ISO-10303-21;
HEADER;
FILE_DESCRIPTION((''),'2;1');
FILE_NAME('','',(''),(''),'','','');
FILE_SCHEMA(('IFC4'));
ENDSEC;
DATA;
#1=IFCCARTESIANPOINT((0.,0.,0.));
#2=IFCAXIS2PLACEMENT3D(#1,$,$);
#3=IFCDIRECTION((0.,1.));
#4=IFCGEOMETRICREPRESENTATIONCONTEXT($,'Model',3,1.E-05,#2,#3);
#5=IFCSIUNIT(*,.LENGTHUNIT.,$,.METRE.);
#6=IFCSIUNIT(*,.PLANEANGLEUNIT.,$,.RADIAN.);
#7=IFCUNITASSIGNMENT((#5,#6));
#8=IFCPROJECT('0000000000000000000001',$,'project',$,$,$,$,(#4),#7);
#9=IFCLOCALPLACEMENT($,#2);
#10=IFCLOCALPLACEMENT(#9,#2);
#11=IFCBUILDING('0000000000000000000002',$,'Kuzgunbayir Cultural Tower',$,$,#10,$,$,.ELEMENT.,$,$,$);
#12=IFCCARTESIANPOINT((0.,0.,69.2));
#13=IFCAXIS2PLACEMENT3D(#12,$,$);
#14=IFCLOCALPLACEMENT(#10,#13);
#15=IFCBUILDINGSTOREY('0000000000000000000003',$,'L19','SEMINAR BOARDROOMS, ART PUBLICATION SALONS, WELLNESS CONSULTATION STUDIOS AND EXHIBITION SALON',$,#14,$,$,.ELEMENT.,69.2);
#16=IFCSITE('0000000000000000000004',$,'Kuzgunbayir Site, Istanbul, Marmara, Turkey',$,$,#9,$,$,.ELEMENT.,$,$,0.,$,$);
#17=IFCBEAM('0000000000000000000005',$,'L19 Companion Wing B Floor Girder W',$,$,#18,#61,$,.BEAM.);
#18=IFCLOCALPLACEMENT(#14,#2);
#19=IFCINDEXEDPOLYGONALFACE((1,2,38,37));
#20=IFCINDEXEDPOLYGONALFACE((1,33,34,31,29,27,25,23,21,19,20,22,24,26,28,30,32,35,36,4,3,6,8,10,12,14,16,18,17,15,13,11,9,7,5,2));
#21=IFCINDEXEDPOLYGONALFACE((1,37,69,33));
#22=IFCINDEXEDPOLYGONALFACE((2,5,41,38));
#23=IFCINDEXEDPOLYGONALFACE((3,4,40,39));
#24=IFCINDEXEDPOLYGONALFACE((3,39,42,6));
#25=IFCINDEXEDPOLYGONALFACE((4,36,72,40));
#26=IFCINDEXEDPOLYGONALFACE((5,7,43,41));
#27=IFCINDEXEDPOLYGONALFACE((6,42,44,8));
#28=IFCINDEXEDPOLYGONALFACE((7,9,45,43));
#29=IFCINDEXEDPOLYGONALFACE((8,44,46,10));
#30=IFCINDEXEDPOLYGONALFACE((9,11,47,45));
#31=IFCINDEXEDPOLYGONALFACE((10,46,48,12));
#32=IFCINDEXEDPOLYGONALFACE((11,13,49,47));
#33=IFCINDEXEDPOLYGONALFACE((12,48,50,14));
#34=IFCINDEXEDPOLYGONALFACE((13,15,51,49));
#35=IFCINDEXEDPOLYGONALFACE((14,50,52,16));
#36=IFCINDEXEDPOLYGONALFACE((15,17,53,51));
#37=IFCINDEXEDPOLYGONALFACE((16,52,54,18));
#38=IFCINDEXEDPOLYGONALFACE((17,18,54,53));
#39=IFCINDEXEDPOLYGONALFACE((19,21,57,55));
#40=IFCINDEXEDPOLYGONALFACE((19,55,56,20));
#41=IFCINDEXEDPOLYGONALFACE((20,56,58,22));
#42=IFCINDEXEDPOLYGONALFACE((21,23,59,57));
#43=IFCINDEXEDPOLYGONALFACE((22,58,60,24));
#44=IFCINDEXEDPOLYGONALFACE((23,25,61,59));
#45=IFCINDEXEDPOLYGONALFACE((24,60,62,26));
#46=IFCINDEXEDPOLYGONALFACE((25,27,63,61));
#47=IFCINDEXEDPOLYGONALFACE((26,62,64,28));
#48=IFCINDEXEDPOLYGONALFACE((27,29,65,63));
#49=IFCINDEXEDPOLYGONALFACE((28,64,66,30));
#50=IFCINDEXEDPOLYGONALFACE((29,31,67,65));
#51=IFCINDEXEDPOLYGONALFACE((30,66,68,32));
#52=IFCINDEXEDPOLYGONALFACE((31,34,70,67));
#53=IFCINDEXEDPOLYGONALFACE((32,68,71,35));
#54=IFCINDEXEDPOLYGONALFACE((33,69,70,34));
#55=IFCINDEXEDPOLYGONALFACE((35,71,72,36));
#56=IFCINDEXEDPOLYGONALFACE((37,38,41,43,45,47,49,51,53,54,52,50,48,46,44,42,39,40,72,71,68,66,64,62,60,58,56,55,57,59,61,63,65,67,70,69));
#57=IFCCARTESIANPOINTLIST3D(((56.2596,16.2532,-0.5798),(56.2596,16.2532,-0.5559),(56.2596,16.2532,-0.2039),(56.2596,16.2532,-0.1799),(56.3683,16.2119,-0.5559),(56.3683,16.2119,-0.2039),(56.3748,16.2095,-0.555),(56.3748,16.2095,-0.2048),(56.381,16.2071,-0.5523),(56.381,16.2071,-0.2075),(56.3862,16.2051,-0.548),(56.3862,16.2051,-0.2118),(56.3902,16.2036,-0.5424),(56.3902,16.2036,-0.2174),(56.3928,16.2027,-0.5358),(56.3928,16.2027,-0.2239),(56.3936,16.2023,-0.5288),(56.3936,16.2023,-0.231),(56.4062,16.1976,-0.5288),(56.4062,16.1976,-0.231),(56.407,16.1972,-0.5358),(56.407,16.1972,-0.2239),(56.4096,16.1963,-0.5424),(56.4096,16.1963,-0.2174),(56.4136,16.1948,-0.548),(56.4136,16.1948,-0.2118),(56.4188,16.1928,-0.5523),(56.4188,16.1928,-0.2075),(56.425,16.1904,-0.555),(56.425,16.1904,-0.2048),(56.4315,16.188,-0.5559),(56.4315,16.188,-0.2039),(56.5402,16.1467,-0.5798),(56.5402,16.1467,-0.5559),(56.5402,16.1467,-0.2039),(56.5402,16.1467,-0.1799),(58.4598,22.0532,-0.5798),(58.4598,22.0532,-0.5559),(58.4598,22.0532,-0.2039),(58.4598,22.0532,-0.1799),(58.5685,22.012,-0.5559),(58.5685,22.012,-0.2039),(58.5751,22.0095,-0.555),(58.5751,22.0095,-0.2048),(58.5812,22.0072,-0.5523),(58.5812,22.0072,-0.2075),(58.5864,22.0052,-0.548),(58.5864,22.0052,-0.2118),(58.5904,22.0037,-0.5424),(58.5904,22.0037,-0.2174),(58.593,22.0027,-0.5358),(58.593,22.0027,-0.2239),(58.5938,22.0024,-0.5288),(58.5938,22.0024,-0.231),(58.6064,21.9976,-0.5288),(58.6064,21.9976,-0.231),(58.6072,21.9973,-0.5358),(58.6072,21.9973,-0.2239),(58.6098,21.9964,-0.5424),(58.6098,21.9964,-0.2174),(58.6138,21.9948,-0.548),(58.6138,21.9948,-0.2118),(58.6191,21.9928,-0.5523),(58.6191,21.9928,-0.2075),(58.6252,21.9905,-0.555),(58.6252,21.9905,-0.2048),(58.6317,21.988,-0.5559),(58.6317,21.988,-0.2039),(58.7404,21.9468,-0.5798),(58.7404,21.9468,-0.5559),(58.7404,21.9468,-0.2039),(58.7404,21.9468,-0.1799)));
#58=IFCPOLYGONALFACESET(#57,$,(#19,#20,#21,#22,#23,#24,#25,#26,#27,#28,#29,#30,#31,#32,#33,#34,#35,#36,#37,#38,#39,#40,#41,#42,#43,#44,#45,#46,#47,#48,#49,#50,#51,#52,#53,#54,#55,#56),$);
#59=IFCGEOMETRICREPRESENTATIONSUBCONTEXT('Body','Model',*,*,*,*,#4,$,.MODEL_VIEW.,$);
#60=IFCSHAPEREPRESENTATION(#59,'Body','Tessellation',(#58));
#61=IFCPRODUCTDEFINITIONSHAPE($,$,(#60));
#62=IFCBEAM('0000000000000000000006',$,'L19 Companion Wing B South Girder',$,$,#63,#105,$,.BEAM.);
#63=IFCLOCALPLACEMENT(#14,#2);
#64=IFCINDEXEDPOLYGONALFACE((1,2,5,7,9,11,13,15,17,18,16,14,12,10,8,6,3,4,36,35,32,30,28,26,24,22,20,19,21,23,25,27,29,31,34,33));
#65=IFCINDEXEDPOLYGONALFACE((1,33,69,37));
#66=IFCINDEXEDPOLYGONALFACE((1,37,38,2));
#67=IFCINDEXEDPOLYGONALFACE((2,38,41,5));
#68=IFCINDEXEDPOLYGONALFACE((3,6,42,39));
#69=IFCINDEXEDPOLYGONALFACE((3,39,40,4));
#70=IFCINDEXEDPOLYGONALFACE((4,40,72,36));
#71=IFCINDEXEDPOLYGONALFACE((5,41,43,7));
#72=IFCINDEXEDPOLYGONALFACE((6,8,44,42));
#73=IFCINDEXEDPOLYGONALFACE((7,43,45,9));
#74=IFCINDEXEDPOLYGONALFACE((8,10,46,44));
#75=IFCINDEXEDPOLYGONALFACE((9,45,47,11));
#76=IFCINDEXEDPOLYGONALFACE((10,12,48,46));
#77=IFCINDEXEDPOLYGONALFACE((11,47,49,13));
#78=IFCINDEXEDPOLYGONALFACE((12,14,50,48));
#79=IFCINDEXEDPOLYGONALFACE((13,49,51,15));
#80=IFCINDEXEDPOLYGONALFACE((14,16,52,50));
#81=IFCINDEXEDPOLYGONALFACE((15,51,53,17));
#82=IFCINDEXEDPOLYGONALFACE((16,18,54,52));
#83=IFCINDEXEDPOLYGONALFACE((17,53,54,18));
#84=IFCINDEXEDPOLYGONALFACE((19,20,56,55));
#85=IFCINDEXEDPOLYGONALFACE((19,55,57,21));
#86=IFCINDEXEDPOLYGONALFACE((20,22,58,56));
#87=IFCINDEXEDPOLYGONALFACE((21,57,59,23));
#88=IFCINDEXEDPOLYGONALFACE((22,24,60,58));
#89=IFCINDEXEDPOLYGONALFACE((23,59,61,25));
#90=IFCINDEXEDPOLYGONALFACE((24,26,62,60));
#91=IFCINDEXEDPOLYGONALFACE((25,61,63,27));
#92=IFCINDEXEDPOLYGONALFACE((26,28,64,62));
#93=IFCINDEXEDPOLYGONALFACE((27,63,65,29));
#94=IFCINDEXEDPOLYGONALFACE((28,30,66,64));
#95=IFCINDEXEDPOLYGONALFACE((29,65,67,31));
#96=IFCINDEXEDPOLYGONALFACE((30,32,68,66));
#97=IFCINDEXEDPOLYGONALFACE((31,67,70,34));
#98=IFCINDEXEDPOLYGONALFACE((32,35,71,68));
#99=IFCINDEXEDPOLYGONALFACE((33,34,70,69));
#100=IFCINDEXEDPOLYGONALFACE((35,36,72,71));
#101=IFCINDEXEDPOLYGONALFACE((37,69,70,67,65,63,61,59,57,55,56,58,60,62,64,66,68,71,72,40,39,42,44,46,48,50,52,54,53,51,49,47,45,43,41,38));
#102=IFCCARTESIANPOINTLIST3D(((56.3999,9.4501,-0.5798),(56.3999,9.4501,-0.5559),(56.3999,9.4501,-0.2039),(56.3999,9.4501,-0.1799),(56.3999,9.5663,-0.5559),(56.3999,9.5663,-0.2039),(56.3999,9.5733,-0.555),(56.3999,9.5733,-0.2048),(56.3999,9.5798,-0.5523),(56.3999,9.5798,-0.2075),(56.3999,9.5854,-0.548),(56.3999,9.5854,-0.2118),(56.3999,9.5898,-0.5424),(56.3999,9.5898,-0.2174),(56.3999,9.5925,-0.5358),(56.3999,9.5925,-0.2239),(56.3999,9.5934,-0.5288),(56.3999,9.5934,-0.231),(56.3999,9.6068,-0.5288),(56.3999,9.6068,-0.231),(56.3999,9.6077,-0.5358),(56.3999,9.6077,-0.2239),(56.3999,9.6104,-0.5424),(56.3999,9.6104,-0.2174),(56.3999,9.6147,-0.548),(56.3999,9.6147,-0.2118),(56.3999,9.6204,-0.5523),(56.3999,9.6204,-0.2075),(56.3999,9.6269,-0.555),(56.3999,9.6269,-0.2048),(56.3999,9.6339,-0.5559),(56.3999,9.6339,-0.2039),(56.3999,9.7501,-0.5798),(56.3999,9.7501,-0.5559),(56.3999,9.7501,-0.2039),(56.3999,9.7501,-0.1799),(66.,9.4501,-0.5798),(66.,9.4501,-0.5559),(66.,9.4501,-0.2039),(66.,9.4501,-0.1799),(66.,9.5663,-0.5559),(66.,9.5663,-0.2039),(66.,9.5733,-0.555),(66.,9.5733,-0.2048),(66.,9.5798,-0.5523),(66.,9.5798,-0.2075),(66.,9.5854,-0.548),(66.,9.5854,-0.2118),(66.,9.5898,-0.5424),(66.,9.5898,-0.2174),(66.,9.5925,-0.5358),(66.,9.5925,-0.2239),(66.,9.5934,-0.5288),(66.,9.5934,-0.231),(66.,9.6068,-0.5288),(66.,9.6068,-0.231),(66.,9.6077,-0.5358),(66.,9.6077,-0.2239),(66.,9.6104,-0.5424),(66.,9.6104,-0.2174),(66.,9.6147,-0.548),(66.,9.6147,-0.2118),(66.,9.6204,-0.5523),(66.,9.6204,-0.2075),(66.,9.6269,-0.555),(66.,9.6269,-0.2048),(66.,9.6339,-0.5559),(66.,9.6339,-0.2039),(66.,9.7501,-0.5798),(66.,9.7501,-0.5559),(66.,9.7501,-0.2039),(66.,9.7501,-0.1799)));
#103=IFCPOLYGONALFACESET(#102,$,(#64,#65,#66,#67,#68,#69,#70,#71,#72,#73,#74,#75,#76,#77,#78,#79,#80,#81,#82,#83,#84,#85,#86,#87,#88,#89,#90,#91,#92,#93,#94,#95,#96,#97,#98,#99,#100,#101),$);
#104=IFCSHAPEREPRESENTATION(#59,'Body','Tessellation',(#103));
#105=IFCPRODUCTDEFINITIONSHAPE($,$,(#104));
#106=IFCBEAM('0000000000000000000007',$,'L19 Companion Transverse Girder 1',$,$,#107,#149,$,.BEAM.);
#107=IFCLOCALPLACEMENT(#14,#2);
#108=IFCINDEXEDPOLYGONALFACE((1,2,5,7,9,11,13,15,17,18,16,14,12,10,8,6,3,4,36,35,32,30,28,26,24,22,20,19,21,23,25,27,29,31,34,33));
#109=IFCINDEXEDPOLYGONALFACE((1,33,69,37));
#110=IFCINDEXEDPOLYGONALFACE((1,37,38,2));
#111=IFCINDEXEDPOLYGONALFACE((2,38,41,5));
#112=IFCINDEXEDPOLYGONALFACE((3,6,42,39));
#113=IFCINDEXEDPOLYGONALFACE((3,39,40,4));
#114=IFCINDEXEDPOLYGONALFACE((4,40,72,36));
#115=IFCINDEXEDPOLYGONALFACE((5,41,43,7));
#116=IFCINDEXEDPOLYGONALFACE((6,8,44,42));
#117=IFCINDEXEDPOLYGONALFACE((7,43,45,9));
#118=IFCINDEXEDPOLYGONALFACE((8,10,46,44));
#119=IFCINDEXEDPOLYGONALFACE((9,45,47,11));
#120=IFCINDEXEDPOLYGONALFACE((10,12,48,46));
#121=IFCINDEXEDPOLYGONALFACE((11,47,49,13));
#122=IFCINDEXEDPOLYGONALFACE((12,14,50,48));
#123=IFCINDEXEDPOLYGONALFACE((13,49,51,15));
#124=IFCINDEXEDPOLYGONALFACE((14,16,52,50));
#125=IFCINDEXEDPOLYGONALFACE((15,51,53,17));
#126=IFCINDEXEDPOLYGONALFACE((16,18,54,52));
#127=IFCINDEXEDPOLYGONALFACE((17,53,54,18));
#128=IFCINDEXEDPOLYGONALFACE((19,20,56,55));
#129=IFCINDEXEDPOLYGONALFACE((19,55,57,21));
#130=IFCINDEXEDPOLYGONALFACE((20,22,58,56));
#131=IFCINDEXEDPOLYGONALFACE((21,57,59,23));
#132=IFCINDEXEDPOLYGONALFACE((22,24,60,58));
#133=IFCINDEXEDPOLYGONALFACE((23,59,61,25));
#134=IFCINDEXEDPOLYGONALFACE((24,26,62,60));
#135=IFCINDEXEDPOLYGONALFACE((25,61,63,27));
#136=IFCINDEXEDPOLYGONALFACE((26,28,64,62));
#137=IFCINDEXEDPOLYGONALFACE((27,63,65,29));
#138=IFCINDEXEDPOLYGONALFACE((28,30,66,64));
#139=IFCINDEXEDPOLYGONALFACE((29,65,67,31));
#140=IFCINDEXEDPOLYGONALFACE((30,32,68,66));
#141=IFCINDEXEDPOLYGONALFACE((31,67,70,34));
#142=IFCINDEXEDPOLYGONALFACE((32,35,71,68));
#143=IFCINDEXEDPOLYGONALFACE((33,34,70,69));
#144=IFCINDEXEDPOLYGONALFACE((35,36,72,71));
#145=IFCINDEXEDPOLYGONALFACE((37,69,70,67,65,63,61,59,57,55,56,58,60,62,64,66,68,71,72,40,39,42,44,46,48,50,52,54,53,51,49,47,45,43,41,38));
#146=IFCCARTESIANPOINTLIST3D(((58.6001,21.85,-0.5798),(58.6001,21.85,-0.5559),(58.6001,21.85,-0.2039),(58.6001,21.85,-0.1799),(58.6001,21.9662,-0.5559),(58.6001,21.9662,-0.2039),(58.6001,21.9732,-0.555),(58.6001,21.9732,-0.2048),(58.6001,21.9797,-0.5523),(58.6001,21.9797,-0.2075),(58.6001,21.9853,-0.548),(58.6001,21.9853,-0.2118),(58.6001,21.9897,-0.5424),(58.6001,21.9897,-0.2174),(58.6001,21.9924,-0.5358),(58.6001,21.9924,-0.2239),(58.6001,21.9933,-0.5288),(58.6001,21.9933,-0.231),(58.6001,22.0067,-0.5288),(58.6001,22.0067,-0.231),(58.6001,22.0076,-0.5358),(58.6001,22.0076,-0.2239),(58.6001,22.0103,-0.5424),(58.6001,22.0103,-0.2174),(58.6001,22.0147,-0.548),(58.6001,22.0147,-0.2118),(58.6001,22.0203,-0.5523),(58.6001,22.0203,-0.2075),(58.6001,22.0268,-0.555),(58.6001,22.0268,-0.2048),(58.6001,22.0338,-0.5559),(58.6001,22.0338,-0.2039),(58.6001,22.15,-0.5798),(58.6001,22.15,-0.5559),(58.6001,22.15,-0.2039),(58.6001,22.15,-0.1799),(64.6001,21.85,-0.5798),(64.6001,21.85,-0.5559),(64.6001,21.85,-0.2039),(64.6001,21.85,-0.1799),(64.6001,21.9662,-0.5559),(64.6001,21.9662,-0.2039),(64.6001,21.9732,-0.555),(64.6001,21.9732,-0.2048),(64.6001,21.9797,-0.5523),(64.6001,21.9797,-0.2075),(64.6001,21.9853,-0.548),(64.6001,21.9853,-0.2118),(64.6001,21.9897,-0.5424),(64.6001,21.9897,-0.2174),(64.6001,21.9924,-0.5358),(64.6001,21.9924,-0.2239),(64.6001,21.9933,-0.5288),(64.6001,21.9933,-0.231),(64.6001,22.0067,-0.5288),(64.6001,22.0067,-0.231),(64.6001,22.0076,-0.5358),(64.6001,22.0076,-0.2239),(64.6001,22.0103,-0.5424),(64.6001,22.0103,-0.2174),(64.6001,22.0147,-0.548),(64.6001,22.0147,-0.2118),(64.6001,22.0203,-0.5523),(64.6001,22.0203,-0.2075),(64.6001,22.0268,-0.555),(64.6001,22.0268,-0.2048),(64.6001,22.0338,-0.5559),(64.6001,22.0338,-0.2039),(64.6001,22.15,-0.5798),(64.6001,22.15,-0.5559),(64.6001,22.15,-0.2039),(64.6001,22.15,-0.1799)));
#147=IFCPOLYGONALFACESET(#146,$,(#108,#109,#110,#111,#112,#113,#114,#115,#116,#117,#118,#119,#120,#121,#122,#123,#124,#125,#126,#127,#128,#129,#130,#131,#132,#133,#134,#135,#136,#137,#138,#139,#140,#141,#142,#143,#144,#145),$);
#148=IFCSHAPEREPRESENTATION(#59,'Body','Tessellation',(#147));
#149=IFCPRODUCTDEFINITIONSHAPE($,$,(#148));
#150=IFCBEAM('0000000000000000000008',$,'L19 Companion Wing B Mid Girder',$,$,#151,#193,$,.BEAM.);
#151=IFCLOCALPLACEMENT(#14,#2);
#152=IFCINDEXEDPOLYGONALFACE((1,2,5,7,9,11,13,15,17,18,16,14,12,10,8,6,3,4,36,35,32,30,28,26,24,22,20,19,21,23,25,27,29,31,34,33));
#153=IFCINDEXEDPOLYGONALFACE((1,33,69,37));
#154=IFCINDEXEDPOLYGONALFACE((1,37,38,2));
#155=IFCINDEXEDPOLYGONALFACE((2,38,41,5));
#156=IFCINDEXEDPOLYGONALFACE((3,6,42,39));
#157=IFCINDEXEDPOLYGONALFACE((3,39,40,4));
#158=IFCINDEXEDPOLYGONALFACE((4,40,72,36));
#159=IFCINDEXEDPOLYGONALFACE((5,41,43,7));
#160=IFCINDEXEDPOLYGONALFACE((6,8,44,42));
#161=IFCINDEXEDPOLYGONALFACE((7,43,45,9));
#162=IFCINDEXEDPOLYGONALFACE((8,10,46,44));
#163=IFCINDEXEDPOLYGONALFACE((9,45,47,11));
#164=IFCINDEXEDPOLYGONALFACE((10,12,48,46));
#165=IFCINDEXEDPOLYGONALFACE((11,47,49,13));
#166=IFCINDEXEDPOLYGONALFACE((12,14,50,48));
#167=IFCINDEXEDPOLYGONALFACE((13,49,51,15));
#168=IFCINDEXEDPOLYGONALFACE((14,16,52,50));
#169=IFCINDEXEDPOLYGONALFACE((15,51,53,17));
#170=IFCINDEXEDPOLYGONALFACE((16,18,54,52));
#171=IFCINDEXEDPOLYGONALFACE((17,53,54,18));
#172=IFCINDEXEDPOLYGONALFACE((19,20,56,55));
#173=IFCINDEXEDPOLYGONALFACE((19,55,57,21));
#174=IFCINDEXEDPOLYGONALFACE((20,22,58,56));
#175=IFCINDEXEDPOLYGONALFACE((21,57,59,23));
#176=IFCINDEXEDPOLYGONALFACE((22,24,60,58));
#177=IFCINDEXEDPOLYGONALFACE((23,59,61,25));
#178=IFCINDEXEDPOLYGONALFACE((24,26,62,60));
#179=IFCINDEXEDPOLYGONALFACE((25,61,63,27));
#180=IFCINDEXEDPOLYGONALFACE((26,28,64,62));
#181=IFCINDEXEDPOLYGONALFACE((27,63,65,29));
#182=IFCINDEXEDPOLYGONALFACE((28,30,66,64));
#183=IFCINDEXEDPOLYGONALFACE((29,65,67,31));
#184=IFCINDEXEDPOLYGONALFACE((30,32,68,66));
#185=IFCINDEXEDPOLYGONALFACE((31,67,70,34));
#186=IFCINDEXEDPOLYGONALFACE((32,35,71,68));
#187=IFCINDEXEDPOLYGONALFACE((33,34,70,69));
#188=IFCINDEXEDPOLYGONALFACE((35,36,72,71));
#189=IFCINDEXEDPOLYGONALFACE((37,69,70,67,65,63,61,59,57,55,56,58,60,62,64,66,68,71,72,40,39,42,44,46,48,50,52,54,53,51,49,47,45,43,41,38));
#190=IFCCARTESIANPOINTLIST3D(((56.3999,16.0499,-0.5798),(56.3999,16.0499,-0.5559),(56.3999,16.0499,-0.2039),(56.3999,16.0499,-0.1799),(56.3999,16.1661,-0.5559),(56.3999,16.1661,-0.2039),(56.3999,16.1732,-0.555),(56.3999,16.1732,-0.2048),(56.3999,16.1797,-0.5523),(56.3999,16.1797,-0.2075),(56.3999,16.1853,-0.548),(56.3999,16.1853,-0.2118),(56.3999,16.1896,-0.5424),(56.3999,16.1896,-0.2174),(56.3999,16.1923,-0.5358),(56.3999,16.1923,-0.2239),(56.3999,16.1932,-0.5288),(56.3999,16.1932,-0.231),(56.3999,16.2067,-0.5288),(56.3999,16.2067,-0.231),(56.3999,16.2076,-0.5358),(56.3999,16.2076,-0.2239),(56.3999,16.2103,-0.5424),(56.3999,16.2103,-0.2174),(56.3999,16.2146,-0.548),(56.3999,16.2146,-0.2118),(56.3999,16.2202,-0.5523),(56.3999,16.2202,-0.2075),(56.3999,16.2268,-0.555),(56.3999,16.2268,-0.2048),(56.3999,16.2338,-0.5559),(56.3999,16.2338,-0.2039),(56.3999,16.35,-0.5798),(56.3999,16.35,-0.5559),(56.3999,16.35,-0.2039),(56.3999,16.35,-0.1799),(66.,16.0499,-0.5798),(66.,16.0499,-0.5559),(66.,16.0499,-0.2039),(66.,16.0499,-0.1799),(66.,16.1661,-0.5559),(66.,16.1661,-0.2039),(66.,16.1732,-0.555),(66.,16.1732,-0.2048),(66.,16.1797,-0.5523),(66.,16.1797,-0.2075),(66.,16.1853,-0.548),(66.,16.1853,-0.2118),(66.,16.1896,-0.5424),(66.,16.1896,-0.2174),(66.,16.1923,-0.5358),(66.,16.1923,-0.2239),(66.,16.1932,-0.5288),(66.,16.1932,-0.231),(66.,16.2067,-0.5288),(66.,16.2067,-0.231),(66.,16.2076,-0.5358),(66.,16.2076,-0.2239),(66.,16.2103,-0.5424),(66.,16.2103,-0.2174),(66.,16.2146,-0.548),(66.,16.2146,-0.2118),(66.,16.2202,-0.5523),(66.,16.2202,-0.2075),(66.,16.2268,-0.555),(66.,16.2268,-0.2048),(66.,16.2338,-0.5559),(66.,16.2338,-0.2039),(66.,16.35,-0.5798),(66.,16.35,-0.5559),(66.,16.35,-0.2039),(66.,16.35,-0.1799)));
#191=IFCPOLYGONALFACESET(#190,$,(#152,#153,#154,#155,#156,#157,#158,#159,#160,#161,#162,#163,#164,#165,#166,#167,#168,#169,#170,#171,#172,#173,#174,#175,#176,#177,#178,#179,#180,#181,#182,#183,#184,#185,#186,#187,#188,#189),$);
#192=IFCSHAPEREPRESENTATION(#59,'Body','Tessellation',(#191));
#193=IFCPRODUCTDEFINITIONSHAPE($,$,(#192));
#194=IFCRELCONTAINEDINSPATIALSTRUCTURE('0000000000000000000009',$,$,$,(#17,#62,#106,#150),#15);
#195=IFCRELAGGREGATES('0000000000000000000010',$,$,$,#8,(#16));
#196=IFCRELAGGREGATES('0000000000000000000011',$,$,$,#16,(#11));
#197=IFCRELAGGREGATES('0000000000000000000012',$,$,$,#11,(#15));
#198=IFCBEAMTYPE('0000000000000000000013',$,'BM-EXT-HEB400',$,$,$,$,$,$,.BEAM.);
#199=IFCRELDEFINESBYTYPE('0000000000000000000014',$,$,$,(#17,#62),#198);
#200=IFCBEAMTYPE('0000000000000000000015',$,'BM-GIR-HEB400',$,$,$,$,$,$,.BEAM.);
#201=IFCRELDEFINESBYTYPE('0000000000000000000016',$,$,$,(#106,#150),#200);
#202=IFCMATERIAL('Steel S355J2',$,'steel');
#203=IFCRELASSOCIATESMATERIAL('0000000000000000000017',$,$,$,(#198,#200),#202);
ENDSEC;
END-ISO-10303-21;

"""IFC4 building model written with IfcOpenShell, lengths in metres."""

from ifc_helpers import new_model, si_unit, direction, frame, origin, origin_2d, place, context, subcontext, project, spatial, i_section, extrude, material, material_profile, profile_set, type_object, element, save


model = new_model("IFC4")

# Units and contexts
model_context = context("Model", 3, precision=1e-05, world=origin(), true_north=direction((0.0, 1.0)))
body_context = subcontext(model_context, "Body", "Model", "MODEL_VIEW")
ifc_project = project(units=[si_unit("LENGTHUNIT", "METRE"), si_unit("PLANEANGLEUNIT", "RADIAN")], contexts=[model_context])

# Site, building, storey
site_placement = place(None, origin())
site = spatial("IfcSite", under=ifc_project, at=site_placement, Name="Kuzgunbayir Site, Istanbul, Marmara, Turkey", CompositionType="ELEMENT", RefElevation=0.0)
building_placement = place(site_placement, origin())
building = spatial("IfcBuilding", under=site, at=building_placement, Name="Kuzgunbayir Cultural Tower", CompositionType="ELEMENT")
storey_placement = place(building_placement, frame((0.0, 0.0, 69.2)))
storey = spatial("IfcBuildingStorey", under=building, at=storey_placement, Name="L19", Description="SEMINAR BOARDROOMS, ART PUBLICATION SALONS, WELLNESS CONSULTATION STUDIOS AND EXHIBITION SALON", CompositionType="ELEMENT", Elevation=69.2)

# Beams
ifc_material_1 = material(Name="Steel S355J2", Category="steel")
ifc_material_profile_1 = material_profile(ifc_material_1, i_section(OverallWidth=0.3, OverallDepth=0.3999, WebThickness=0.0134, FlangeThickness=0.0239, FilletRadius=0.0271, at=origin_2d()), Name="HEB 400")
ifc_profile_set_1 = profile_set([ifc_material_profile_1], Name="Steel S355J2")
beam_type_1 = type_object("IfcBeamType", Name="BM-EXT-HEB400", PredefinedType="BEAM", material=ifc_profile_set_1)
beam_1_placement = place(storey_placement, frame((56.3999, 16.2, -0.3799), z_axis=(0.354679, 0.934988, 0.0), x_axis=(-0.934988, 0.354679, 0.0)))
element("IfcBeam", 1, at=beam_1_placement, inside=storey, type_object=beam_type_1, Name="L19 Companion Wing B Floor Girder W", PredefinedType="BEAM", context=body_context, shape_type="SweptSolid", body=[
    extrude(i_section(OverallWidth=0.3, OverallDepth=0.3999, WebThickness=0.0134, FlangeThickness=0.0239, FilletRadius=0.0271, at=origin_2d()), origin(), (0.0, 0.0, 1.0), 6.2034),
])
beam_2_placement = place(storey_placement, frame((56.3999, 9.6001, -0.3799), z_axis=(1.0, 0.0, 0.0), x_axis=(0.0, 1.0, 0.0)))
element("IfcBeam", 2, at=beam_2_placement, inside=storey, type_object=beam_type_1, Name="L19 Companion Wing B South Girder", PredefinedType="BEAM", context=body_context, shape_type="SweptSolid", body=[
    extrude(i_section(OverallWidth=0.3, OverallDepth=0.3999, WebThickness=0.0134, FlangeThickness=0.0239, FilletRadius=0.0271, at=origin_2d()), origin(), (0.0, 0.0, 1.0), 9.6001),
])
ifc_material_profile_2 = material_profile(ifc_material_1, i_section(OverallWidth=0.3, OverallDepth=0.3999, WebThickness=0.0134, FlangeThickness=0.0239, FilletRadius=0.0271, at=origin_2d()), Name="HEB 400")
ifc_profile_set_2 = profile_set([ifc_material_profile_2], Name="Steel S355J2")
beam_type_2 = type_object("IfcBeamType", Name="BM-GIR-HEB400", PredefinedType="BEAM", material=ifc_profile_set_2)
beam_3_placement = place(storey_placement, frame((58.6001, 22.0, -0.3799), z_axis=(1.0, 0.0, 0.0), x_axis=(0.0, 1.0, 0.0)))
element("IfcBeam", 3, at=beam_3_placement, inside=storey, type_object=beam_type_2, Name="L19 Companion Transverse Girder 1", PredefinedType="BEAM", context=body_context, shape_type="SweptSolid", body=[
    extrude(i_section(OverallWidth=0.3, OverallDepth=0.3999, WebThickness=0.0134, FlangeThickness=0.0239, FilletRadius=0.0271, at=origin_2d()), origin(), (0.0, 0.0, 1.0), 6.0),
])
beam_4_placement = place(storey_placement, frame((56.3999, 16.2, -0.3799), z_axis=(1.0, 0.0, 0.0), x_axis=(0.0, 1.0, 0.0)))
element("IfcBeam", 4, at=beam_4_placement, inside=storey, type_object=beam_type_2, Name="L19 Companion Wing B Mid Girder", PredefinedType="BEAM", context=body_context, shape_type="SweptSolid", body=[
    extrude(i_section(OverallWidth=0.3, OverallDepth=0.3999, WebThickness=0.0134, FlangeThickness=0.0239, FilletRadius=0.0271, at=origin_2d()), origin(), (0.0, 0.0, 1.0), 9.6001),
])

save(model, "model.ifc")
